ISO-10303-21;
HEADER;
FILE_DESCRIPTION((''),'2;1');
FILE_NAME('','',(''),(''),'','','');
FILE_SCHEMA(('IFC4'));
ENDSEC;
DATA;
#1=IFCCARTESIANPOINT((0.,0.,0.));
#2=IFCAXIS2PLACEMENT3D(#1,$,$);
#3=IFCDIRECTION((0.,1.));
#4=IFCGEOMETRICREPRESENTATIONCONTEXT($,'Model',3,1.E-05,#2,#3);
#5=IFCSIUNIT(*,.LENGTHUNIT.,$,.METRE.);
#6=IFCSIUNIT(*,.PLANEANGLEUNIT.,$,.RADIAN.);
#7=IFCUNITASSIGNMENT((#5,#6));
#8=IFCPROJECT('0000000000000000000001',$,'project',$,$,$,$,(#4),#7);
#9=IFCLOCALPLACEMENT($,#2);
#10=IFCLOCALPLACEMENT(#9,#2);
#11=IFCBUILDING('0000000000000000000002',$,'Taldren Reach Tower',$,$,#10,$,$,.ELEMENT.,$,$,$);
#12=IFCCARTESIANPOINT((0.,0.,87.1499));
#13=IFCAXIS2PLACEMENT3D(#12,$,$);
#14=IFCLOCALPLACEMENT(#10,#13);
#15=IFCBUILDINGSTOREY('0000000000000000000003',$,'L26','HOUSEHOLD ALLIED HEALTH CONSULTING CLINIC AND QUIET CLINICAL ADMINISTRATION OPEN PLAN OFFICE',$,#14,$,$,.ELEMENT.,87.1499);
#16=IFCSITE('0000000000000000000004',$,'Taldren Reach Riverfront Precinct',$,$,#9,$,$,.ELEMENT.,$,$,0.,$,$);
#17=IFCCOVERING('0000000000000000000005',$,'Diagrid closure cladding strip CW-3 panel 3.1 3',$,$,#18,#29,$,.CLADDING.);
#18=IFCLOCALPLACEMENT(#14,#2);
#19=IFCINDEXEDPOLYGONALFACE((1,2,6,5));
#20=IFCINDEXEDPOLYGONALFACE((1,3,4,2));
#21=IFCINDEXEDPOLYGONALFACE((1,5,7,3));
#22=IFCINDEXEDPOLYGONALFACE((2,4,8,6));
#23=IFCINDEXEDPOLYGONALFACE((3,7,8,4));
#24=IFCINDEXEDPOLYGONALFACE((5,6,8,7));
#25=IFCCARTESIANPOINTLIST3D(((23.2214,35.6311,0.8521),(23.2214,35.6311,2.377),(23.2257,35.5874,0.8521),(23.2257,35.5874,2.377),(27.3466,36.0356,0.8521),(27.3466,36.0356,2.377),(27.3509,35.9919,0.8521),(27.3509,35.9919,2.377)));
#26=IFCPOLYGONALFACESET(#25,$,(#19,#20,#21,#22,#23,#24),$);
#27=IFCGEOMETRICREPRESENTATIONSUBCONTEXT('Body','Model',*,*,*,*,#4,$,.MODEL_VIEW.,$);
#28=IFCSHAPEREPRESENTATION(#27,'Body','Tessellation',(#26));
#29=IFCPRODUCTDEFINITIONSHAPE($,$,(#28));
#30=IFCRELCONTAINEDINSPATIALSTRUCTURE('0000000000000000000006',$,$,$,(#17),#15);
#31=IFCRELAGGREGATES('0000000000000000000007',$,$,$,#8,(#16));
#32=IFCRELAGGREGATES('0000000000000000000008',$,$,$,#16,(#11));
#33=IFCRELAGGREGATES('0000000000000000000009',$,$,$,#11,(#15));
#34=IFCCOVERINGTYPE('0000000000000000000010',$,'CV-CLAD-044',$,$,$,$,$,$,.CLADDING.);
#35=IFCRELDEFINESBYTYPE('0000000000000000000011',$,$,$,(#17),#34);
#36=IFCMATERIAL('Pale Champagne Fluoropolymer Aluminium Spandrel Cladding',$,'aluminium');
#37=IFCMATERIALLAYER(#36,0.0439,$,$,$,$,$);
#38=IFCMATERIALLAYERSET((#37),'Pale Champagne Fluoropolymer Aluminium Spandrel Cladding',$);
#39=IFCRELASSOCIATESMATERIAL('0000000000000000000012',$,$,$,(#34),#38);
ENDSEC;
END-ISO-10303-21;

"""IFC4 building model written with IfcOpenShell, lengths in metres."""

from ifc_helpers import new_model, si_unit, direction, frame, origin, origin_2d, place, context, subcontext, project, spatial, rectangle, extrude, source, transform, mapped, material, layer, layer_set, type_object, element, save


model = new_model("IFC4")

# Units and contexts
model_context = context("Model", 3, precision=1e-05, world=origin(), true_north=direction((0.0, 1.0)))
body_context = subcontext(model_context, "Body", "Model", "MODEL_VIEW")
ifc_project = project(units=[si_unit("LENGTHUNIT", "METRE"), si_unit("PLANEANGLEUNIT", "RADIAN")], contexts=[model_context])

# Site, building, storey
site_placement = place(None, origin())
site = spatial("IfcSite", under=ifc_project, at=site_placement, Name="Taldren Reach Riverfront Precinct", CompositionType="ELEMENT", RefElevation=0.0)
building_placement = place(site_placement, origin())
building = spatial("IfcBuilding", under=site, at=building_placement, Name="Taldren Reach Tower", CompositionType="ELEMENT")
storey_placement = place(building_placement, frame((0.0, 0.0, 87.1499)))
storey = spatial("IfcBuildingStorey", under=building, at=storey_placement, Name="L26", Description="HOUSEHOLD ALLIED HEALTH CONSULTING CLINIC AND QUIET CLINICAL ADMINISTRATION OPEN PLAN OFFICE", CompositionType="ELEMENT", Elevation=87.1499)

# Covering
ifc_material_1 = material(Name="Pale Champagne Fluoropolymer Aluminium Spandrel Cladding", Category="aluminium")
ifc_layer_1 = layer(ifc_material_1, 0.0439)
ifc_layer_set_1 = layer_set([ifc_layer_1], Name="Pale Champagne Fluoropolymer Aluminium Spandrel Cladding")
covering_type = type_object("IfcCoveringType", Name="CV-CLAD-044", PredefinedType="CLADDING", material=ifc_layer_set_1)
shared_shape_1 = source(origin(), body_context, "Body", "SweptSolid", [
    extrude(rectangle(XDim=4.145, YDim=0.0439, at=origin_2d()), origin(), (0.0, 0.0, 1.0), 1.5249),
])
covering_1_placement = place(storey_placement, frame((25.2861, 35.8115, 0.8521), z_axis=(0.0, 0.0, 1.0), x_axis=(-0.995227, -0.097583, 0.0)))
element("IfcCovering", 1, at=covering_1_placement, inside=storey, type_object=covering_type, Name="Diagrid closure cladding strip CW-3 panel 3.1 3", PredefinedType="CLADDING", context=body_context, shape_type="MappedRepresentation", body=[
    mapped(shared_shape_1, transform((0.0, 0.0, 0.0), scale=1.0)),
])

save(model, "model.ifc")
